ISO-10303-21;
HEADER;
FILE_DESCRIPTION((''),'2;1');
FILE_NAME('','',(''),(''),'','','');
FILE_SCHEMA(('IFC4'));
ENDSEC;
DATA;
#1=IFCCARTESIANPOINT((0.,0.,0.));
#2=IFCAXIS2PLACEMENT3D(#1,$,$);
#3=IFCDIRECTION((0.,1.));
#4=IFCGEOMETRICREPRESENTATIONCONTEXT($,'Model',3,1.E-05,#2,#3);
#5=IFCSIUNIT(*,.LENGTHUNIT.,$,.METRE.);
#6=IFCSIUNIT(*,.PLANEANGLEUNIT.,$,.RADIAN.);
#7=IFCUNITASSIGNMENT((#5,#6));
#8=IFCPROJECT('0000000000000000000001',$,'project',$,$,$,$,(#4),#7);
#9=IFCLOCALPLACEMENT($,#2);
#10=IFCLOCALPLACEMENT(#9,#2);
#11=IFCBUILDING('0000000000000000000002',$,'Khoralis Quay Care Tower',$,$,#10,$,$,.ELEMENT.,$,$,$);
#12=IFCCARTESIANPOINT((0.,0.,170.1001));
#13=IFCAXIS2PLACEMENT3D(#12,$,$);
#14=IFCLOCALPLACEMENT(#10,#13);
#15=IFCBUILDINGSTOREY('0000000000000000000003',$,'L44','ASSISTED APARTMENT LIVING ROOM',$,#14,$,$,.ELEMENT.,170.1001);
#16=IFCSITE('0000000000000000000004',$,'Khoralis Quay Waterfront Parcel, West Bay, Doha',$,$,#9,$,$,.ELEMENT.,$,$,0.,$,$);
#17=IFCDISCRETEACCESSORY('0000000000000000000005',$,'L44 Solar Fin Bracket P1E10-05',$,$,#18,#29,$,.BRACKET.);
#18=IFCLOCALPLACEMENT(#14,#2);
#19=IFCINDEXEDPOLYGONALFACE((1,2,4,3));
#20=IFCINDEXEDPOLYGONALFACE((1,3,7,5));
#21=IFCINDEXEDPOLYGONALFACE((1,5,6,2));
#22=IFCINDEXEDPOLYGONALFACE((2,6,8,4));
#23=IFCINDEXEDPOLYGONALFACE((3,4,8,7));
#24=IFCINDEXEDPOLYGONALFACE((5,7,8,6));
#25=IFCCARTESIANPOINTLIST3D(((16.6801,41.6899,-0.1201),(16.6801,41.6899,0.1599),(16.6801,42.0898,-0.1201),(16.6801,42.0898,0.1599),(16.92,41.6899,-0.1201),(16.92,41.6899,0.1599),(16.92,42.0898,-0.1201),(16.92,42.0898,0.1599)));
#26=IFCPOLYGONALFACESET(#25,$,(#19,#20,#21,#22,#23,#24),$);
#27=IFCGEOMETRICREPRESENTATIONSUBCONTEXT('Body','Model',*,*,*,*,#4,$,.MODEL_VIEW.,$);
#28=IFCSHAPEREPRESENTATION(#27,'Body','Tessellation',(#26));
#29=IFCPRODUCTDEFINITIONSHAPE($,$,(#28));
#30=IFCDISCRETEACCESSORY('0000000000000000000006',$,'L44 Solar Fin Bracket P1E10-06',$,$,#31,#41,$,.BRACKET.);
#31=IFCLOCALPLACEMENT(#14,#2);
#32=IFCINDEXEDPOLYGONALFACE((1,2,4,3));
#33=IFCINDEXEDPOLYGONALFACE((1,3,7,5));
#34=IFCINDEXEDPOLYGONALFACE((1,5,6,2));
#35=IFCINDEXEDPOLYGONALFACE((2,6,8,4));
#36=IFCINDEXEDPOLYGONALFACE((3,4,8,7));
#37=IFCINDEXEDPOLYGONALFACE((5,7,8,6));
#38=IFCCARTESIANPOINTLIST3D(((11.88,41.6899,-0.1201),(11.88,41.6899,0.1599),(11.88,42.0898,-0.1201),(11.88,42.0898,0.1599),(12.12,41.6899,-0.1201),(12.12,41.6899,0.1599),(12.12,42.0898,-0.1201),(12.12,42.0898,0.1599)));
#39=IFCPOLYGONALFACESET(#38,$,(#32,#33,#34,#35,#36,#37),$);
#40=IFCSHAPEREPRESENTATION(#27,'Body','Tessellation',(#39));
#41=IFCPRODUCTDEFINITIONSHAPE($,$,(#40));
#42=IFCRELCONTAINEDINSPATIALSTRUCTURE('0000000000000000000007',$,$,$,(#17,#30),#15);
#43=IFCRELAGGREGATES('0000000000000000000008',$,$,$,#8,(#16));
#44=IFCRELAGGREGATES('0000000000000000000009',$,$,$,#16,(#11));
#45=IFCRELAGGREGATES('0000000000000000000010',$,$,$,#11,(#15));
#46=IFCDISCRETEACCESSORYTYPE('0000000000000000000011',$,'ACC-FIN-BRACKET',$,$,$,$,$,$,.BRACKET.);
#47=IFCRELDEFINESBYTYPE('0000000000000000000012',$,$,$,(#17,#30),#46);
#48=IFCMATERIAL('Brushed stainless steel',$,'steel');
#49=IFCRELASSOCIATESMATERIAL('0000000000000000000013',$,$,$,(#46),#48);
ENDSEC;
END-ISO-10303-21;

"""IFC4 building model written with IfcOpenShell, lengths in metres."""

from ifc_helpers import new_model, si_unit, direction, frame, origin, origin_2d, place, context, subcontext, project, spatial, rectangle, extrude, source, transform, mapped, material, type_object, element, save


model = new_model("IFC4")

# Units and contexts
model_context = context("Model", 3, precision=1e-05, world=origin(), true_north=direction((0.0, 1.0)))
body_context = subcontext(model_context, "Body", "Model", "MODEL_VIEW")
ifc_project = project(units=[si_unit("LENGTHUNIT", "METRE"), si_unit("PLANEANGLEUNIT", "RADIAN")], contexts=[model_context])

# Site, building, storey
site_placement = place(None, origin())
site = spatial("IfcSite", under=ifc_project, at=site_placement, Name="Khoralis Quay Waterfront Parcel, West Bay, Doha", CompositionType="ELEMENT", RefElevation=0.0)
building_placement = place(site_placement, origin())
building = spatial("IfcBuilding", under=site, at=building_placement, Name="Khoralis Quay Care Tower", CompositionType="ELEMENT")
storey_placement = place(building_placement, frame((0.0, 0.0, 170.1001)))
storey = spatial("IfcBuildingStorey", under=building, at=storey_placement, Name="L44", Description="ASSISTED APARTMENT LIVING ROOM", CompositionType="ELEMENT", Elevation=170.1001)

# Discrete accessories
ifc_material_1 = material(Name="Brushed stainless steel", Category="steel")
discrete_accessory_type = type_object("IfcDiscreteAccessoryType", Name="ACC-FIN-BRACKET", PredefinedType="BRACKET", material=ifc_material_1)
shared_shape_1 = source(origin(), body_context, "Body", "SweptSolid", [
    extrude(rectangle(XDim=0.3999, YDim=0.24, at=origin_2d()), origin(), (0.0, 0.0, 1.0), 0.28),
])
for number, where, z_axis, x_axis, name in (
    (1, (16.8, 41.8899, -0.1201), (0.0, 0.0, 1.0), (0.0, 1.0, 0.0), "L44 Solar Fin Bracket P1E10-05"),
    (2, (12.0, 41.8899, -0.1201), (0.0, 0.0, 1.0), (0.0, 1.0, 0.0), "L44 Solar Fin Bracket P1E10-06"),
):
    element("IfcDiscreteAccessory", number, at=place(storey_placement, frame(where, z_axis=z_axis, x_axis=x_axis)), inside=storey, type_object=discrete_accessory_type, Name=name, PredefinedType="BRACKET", context=body_context, shape_type="MappedRepresentation", body=[
        mapped(shared_shape_1, transform((0.0, 0.0, 0.0), scale=1.0)),
    ])

save(model, "model.ifc")
